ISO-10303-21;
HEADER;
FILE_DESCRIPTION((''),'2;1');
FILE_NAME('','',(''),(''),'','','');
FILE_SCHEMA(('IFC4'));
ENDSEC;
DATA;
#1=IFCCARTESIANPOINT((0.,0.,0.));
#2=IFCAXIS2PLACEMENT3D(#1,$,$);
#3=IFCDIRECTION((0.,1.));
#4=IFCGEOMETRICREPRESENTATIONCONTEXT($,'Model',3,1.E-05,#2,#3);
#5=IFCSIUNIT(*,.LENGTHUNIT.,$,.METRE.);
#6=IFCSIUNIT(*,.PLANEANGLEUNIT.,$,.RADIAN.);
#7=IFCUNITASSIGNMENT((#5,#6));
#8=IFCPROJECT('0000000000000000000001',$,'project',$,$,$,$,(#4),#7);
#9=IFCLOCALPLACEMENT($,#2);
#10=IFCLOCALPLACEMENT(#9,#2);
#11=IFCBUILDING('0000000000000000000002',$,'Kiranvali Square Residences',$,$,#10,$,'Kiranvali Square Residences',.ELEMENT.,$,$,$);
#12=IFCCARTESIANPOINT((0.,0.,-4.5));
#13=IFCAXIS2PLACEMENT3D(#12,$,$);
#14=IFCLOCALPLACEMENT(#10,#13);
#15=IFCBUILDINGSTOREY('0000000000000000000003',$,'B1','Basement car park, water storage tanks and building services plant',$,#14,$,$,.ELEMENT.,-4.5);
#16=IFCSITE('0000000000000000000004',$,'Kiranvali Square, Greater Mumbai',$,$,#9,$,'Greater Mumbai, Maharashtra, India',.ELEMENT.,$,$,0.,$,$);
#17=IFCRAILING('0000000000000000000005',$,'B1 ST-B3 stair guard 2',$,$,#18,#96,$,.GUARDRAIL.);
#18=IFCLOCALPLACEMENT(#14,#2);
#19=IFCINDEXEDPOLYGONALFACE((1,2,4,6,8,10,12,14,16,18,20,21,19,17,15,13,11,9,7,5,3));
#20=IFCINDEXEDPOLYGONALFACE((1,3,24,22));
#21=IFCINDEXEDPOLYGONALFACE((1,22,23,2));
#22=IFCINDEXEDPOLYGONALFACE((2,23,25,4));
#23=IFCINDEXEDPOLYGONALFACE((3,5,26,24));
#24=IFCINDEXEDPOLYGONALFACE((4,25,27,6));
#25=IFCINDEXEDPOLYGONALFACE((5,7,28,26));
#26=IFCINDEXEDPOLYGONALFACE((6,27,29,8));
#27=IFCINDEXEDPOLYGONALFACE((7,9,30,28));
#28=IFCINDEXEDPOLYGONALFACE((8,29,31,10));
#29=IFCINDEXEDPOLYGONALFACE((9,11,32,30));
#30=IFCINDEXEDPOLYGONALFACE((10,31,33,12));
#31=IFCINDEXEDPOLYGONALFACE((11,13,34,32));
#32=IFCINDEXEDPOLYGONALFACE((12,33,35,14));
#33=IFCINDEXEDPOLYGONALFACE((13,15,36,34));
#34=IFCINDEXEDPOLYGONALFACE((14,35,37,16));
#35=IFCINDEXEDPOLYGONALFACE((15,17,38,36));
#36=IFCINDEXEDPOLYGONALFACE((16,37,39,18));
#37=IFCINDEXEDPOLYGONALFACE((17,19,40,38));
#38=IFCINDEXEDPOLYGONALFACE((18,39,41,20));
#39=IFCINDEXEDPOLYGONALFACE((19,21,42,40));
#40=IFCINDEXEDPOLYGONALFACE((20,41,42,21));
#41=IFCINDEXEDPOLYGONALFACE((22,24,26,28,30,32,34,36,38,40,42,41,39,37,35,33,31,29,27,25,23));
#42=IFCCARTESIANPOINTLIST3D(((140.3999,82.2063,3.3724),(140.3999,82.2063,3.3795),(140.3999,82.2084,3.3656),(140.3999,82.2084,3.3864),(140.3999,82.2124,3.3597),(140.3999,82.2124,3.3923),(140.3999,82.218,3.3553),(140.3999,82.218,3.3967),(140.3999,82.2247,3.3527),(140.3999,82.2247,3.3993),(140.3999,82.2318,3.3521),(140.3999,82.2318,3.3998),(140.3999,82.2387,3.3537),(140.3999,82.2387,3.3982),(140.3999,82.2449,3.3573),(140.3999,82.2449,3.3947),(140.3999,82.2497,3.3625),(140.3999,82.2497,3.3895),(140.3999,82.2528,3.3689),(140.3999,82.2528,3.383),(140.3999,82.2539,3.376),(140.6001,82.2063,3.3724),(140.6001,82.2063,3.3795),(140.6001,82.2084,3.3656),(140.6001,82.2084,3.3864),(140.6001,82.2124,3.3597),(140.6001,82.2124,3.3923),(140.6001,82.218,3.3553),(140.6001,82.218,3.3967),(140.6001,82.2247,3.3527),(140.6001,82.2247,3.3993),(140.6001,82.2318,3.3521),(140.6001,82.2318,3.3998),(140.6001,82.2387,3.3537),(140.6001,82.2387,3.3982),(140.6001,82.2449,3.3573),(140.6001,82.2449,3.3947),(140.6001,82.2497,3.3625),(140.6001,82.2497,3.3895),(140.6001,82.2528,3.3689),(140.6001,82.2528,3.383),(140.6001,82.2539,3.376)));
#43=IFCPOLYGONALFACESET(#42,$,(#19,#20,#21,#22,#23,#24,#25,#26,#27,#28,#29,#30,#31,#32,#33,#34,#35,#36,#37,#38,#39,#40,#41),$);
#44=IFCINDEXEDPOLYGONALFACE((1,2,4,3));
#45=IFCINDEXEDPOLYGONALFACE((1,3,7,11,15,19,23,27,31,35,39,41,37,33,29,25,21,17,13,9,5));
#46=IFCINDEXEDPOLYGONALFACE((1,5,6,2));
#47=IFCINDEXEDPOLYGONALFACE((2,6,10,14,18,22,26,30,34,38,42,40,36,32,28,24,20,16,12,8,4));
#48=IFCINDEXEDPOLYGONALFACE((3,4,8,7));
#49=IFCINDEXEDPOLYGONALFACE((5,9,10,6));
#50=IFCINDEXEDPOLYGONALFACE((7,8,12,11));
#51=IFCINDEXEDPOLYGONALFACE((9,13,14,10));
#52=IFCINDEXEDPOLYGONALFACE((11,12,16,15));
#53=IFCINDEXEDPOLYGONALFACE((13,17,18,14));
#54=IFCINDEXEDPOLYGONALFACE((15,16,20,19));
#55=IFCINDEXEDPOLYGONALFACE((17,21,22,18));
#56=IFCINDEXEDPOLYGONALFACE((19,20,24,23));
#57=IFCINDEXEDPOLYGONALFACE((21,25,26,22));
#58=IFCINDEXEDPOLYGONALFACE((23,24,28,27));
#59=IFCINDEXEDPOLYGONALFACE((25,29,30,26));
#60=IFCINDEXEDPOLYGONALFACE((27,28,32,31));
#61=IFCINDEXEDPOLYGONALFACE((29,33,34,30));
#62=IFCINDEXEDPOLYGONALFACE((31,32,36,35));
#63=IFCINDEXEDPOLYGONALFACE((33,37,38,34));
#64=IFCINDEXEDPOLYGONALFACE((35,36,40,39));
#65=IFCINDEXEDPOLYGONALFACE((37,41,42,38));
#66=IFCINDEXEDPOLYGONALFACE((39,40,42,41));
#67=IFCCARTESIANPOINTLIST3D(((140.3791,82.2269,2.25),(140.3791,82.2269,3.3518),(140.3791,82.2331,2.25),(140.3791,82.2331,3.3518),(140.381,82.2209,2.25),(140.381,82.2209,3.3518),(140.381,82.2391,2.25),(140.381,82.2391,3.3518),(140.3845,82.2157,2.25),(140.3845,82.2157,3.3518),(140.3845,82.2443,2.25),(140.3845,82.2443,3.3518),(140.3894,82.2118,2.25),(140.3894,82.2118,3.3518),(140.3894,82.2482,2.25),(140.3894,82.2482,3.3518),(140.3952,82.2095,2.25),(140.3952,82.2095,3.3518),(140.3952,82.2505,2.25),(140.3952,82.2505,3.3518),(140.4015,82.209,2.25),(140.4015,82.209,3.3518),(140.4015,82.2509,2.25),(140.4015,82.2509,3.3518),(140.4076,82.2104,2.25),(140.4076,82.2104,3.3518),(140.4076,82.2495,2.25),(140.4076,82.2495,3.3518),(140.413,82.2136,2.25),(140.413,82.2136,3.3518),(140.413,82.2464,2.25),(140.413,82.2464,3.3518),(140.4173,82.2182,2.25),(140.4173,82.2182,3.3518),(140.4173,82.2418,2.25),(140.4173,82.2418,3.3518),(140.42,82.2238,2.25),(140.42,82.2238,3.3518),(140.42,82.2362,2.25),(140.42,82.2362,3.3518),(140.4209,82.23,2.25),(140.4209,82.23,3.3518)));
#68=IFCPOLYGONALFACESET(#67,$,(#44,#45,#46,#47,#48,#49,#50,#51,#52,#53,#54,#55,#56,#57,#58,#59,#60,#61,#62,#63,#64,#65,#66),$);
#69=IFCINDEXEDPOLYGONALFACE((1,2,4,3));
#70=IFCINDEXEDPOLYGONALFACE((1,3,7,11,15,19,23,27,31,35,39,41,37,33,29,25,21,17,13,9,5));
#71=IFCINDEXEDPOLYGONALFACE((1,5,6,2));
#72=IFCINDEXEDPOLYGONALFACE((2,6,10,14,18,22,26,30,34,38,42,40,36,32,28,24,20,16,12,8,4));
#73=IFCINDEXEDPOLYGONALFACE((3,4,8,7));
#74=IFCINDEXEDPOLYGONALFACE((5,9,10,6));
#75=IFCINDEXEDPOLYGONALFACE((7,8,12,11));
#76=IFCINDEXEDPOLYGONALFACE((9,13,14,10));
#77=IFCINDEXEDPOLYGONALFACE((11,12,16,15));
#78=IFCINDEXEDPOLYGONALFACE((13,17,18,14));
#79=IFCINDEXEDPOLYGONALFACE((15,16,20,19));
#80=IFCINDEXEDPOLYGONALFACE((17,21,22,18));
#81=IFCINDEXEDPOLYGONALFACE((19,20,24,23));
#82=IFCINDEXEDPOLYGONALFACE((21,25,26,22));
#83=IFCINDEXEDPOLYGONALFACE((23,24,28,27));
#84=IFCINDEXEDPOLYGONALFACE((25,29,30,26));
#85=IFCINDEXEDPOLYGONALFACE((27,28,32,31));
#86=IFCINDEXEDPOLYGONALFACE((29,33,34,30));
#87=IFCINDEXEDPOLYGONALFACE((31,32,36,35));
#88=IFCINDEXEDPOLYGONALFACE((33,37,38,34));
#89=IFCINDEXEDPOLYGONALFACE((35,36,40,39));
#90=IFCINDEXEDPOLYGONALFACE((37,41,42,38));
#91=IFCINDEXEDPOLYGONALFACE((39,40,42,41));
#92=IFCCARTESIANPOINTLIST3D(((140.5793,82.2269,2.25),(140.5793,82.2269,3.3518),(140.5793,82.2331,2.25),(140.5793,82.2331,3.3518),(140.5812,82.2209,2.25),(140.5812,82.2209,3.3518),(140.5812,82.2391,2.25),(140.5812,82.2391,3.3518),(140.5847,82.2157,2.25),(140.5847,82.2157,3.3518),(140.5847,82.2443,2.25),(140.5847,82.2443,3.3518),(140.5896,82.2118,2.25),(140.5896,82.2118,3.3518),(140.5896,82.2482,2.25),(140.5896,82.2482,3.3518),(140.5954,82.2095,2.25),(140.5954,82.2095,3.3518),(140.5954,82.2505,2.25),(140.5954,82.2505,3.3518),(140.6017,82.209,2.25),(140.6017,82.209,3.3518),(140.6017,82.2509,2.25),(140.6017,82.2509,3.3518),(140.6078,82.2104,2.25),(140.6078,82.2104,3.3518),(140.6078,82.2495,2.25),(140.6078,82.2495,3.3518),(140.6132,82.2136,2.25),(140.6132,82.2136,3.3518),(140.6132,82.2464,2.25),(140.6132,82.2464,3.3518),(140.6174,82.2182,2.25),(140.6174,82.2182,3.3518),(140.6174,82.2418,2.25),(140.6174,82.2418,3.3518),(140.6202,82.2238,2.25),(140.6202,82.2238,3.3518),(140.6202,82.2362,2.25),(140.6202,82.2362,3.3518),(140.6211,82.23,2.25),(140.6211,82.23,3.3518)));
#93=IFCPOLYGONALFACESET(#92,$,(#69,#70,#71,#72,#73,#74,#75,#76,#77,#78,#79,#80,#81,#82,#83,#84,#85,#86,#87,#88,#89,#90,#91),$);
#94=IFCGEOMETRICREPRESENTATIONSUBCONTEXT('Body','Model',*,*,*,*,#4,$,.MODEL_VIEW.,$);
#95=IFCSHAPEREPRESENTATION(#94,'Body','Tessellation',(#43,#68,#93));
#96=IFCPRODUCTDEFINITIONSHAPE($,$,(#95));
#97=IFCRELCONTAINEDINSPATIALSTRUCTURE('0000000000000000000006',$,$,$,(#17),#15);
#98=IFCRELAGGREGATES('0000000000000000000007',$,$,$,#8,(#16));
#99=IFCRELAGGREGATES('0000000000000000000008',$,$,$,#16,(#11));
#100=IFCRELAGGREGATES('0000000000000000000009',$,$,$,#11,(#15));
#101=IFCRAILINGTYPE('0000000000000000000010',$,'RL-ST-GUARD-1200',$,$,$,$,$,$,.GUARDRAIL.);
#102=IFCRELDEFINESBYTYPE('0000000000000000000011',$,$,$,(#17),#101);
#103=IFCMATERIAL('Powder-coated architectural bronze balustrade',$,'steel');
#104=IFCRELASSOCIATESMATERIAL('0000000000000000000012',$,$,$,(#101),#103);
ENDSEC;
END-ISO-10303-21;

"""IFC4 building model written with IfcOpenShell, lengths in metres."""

from ifc_helpers import new_model, si_unit, direction, frame, origin, origin_2d, place, context, subcontext, project, spatial, circle, extrude, material, type_object, element, save


model = new_model("IFC4")

# Units and contexts
model_context = context("Model", 3, precision=1e-05, world=origin(), true_north=direction((0.0, 1.0)))
body_context = subcontext(model_context, "Body", "Model", "MODEL_VIEW")
ifc_project = project(units=[si_unit("LENGTHUNIT", "METRE"), si_unit("PLANEANGLEUNIT", "RADIAN")], contexts=[model_context])

# Site, building, storey
site_placement = place(None, origin())
site = spatial("IfcSite", under=ifc_project, at=site_placement, Name="Kiranvali Square, Greater Mumbai", LongName="Greater Mumbai, Maharashtra, India", CompositionType="ELEMENT", RefElevation=0.0)
building_placement = place(site_placement, origin())
building = spatial("IfcBuilding", under=site, at=building_placement, Name="Kiranvali Square Residences", LongName="Kiranvali Square Residences", CompositionType="ELEMENT")
storey_placement = place(building_placement, frame((0.0, 0.0, -4.5)))
storey = spatial("IfcBuildingStorey", under=building, at=storey_placement, Name="B1", Description="Basement car park, water storage tanks and building services plant", CompositionType="ELEMENT", Elevation=-4.5)

# Railing
ifc_material_1 = material(Name="Powder-coated architectural bronze balustrade", Category="steel")
railing_type_1 = type_object("IfcRailingType", Name="RL-ST-GUARD-1200", PredefinedType="GUARDRAIL", material=ifc_material_1)
railing_1_placement = place(storey_placement, frame((140.3999, 82.23, 2.25)))
element("IfcRailing", 1, at=railing_1_placement, inside=storey, type_object=railing_type_1, Name="B1 ST-B3 stair guard 2", PredefinedType="GUARDRAIL", context=body_context, shape_type="SweptSolid", body=[
    extrude(circle(Radius=0.0239, at=origin_2d()), frame((0.0, 0.0, 1.126), z_axis=(1.0, 0.0, 0.0), x_axis=(0.0, 1.0, 0.0)), (0.0, 0.0, 1.0), 0.2002),
    extrude(circle(Radius=0.021, at=origin_2d()), origin(), (0.0, 0.0, 1.0), 1.1018),
    extrude(circle(Radius=0.021, at=origin_2d()), frame((0.2002, 0.0, 0.0)), (0.0, 0.0, 1.0), 1.1018),
])

save(model, "model.ifc")
